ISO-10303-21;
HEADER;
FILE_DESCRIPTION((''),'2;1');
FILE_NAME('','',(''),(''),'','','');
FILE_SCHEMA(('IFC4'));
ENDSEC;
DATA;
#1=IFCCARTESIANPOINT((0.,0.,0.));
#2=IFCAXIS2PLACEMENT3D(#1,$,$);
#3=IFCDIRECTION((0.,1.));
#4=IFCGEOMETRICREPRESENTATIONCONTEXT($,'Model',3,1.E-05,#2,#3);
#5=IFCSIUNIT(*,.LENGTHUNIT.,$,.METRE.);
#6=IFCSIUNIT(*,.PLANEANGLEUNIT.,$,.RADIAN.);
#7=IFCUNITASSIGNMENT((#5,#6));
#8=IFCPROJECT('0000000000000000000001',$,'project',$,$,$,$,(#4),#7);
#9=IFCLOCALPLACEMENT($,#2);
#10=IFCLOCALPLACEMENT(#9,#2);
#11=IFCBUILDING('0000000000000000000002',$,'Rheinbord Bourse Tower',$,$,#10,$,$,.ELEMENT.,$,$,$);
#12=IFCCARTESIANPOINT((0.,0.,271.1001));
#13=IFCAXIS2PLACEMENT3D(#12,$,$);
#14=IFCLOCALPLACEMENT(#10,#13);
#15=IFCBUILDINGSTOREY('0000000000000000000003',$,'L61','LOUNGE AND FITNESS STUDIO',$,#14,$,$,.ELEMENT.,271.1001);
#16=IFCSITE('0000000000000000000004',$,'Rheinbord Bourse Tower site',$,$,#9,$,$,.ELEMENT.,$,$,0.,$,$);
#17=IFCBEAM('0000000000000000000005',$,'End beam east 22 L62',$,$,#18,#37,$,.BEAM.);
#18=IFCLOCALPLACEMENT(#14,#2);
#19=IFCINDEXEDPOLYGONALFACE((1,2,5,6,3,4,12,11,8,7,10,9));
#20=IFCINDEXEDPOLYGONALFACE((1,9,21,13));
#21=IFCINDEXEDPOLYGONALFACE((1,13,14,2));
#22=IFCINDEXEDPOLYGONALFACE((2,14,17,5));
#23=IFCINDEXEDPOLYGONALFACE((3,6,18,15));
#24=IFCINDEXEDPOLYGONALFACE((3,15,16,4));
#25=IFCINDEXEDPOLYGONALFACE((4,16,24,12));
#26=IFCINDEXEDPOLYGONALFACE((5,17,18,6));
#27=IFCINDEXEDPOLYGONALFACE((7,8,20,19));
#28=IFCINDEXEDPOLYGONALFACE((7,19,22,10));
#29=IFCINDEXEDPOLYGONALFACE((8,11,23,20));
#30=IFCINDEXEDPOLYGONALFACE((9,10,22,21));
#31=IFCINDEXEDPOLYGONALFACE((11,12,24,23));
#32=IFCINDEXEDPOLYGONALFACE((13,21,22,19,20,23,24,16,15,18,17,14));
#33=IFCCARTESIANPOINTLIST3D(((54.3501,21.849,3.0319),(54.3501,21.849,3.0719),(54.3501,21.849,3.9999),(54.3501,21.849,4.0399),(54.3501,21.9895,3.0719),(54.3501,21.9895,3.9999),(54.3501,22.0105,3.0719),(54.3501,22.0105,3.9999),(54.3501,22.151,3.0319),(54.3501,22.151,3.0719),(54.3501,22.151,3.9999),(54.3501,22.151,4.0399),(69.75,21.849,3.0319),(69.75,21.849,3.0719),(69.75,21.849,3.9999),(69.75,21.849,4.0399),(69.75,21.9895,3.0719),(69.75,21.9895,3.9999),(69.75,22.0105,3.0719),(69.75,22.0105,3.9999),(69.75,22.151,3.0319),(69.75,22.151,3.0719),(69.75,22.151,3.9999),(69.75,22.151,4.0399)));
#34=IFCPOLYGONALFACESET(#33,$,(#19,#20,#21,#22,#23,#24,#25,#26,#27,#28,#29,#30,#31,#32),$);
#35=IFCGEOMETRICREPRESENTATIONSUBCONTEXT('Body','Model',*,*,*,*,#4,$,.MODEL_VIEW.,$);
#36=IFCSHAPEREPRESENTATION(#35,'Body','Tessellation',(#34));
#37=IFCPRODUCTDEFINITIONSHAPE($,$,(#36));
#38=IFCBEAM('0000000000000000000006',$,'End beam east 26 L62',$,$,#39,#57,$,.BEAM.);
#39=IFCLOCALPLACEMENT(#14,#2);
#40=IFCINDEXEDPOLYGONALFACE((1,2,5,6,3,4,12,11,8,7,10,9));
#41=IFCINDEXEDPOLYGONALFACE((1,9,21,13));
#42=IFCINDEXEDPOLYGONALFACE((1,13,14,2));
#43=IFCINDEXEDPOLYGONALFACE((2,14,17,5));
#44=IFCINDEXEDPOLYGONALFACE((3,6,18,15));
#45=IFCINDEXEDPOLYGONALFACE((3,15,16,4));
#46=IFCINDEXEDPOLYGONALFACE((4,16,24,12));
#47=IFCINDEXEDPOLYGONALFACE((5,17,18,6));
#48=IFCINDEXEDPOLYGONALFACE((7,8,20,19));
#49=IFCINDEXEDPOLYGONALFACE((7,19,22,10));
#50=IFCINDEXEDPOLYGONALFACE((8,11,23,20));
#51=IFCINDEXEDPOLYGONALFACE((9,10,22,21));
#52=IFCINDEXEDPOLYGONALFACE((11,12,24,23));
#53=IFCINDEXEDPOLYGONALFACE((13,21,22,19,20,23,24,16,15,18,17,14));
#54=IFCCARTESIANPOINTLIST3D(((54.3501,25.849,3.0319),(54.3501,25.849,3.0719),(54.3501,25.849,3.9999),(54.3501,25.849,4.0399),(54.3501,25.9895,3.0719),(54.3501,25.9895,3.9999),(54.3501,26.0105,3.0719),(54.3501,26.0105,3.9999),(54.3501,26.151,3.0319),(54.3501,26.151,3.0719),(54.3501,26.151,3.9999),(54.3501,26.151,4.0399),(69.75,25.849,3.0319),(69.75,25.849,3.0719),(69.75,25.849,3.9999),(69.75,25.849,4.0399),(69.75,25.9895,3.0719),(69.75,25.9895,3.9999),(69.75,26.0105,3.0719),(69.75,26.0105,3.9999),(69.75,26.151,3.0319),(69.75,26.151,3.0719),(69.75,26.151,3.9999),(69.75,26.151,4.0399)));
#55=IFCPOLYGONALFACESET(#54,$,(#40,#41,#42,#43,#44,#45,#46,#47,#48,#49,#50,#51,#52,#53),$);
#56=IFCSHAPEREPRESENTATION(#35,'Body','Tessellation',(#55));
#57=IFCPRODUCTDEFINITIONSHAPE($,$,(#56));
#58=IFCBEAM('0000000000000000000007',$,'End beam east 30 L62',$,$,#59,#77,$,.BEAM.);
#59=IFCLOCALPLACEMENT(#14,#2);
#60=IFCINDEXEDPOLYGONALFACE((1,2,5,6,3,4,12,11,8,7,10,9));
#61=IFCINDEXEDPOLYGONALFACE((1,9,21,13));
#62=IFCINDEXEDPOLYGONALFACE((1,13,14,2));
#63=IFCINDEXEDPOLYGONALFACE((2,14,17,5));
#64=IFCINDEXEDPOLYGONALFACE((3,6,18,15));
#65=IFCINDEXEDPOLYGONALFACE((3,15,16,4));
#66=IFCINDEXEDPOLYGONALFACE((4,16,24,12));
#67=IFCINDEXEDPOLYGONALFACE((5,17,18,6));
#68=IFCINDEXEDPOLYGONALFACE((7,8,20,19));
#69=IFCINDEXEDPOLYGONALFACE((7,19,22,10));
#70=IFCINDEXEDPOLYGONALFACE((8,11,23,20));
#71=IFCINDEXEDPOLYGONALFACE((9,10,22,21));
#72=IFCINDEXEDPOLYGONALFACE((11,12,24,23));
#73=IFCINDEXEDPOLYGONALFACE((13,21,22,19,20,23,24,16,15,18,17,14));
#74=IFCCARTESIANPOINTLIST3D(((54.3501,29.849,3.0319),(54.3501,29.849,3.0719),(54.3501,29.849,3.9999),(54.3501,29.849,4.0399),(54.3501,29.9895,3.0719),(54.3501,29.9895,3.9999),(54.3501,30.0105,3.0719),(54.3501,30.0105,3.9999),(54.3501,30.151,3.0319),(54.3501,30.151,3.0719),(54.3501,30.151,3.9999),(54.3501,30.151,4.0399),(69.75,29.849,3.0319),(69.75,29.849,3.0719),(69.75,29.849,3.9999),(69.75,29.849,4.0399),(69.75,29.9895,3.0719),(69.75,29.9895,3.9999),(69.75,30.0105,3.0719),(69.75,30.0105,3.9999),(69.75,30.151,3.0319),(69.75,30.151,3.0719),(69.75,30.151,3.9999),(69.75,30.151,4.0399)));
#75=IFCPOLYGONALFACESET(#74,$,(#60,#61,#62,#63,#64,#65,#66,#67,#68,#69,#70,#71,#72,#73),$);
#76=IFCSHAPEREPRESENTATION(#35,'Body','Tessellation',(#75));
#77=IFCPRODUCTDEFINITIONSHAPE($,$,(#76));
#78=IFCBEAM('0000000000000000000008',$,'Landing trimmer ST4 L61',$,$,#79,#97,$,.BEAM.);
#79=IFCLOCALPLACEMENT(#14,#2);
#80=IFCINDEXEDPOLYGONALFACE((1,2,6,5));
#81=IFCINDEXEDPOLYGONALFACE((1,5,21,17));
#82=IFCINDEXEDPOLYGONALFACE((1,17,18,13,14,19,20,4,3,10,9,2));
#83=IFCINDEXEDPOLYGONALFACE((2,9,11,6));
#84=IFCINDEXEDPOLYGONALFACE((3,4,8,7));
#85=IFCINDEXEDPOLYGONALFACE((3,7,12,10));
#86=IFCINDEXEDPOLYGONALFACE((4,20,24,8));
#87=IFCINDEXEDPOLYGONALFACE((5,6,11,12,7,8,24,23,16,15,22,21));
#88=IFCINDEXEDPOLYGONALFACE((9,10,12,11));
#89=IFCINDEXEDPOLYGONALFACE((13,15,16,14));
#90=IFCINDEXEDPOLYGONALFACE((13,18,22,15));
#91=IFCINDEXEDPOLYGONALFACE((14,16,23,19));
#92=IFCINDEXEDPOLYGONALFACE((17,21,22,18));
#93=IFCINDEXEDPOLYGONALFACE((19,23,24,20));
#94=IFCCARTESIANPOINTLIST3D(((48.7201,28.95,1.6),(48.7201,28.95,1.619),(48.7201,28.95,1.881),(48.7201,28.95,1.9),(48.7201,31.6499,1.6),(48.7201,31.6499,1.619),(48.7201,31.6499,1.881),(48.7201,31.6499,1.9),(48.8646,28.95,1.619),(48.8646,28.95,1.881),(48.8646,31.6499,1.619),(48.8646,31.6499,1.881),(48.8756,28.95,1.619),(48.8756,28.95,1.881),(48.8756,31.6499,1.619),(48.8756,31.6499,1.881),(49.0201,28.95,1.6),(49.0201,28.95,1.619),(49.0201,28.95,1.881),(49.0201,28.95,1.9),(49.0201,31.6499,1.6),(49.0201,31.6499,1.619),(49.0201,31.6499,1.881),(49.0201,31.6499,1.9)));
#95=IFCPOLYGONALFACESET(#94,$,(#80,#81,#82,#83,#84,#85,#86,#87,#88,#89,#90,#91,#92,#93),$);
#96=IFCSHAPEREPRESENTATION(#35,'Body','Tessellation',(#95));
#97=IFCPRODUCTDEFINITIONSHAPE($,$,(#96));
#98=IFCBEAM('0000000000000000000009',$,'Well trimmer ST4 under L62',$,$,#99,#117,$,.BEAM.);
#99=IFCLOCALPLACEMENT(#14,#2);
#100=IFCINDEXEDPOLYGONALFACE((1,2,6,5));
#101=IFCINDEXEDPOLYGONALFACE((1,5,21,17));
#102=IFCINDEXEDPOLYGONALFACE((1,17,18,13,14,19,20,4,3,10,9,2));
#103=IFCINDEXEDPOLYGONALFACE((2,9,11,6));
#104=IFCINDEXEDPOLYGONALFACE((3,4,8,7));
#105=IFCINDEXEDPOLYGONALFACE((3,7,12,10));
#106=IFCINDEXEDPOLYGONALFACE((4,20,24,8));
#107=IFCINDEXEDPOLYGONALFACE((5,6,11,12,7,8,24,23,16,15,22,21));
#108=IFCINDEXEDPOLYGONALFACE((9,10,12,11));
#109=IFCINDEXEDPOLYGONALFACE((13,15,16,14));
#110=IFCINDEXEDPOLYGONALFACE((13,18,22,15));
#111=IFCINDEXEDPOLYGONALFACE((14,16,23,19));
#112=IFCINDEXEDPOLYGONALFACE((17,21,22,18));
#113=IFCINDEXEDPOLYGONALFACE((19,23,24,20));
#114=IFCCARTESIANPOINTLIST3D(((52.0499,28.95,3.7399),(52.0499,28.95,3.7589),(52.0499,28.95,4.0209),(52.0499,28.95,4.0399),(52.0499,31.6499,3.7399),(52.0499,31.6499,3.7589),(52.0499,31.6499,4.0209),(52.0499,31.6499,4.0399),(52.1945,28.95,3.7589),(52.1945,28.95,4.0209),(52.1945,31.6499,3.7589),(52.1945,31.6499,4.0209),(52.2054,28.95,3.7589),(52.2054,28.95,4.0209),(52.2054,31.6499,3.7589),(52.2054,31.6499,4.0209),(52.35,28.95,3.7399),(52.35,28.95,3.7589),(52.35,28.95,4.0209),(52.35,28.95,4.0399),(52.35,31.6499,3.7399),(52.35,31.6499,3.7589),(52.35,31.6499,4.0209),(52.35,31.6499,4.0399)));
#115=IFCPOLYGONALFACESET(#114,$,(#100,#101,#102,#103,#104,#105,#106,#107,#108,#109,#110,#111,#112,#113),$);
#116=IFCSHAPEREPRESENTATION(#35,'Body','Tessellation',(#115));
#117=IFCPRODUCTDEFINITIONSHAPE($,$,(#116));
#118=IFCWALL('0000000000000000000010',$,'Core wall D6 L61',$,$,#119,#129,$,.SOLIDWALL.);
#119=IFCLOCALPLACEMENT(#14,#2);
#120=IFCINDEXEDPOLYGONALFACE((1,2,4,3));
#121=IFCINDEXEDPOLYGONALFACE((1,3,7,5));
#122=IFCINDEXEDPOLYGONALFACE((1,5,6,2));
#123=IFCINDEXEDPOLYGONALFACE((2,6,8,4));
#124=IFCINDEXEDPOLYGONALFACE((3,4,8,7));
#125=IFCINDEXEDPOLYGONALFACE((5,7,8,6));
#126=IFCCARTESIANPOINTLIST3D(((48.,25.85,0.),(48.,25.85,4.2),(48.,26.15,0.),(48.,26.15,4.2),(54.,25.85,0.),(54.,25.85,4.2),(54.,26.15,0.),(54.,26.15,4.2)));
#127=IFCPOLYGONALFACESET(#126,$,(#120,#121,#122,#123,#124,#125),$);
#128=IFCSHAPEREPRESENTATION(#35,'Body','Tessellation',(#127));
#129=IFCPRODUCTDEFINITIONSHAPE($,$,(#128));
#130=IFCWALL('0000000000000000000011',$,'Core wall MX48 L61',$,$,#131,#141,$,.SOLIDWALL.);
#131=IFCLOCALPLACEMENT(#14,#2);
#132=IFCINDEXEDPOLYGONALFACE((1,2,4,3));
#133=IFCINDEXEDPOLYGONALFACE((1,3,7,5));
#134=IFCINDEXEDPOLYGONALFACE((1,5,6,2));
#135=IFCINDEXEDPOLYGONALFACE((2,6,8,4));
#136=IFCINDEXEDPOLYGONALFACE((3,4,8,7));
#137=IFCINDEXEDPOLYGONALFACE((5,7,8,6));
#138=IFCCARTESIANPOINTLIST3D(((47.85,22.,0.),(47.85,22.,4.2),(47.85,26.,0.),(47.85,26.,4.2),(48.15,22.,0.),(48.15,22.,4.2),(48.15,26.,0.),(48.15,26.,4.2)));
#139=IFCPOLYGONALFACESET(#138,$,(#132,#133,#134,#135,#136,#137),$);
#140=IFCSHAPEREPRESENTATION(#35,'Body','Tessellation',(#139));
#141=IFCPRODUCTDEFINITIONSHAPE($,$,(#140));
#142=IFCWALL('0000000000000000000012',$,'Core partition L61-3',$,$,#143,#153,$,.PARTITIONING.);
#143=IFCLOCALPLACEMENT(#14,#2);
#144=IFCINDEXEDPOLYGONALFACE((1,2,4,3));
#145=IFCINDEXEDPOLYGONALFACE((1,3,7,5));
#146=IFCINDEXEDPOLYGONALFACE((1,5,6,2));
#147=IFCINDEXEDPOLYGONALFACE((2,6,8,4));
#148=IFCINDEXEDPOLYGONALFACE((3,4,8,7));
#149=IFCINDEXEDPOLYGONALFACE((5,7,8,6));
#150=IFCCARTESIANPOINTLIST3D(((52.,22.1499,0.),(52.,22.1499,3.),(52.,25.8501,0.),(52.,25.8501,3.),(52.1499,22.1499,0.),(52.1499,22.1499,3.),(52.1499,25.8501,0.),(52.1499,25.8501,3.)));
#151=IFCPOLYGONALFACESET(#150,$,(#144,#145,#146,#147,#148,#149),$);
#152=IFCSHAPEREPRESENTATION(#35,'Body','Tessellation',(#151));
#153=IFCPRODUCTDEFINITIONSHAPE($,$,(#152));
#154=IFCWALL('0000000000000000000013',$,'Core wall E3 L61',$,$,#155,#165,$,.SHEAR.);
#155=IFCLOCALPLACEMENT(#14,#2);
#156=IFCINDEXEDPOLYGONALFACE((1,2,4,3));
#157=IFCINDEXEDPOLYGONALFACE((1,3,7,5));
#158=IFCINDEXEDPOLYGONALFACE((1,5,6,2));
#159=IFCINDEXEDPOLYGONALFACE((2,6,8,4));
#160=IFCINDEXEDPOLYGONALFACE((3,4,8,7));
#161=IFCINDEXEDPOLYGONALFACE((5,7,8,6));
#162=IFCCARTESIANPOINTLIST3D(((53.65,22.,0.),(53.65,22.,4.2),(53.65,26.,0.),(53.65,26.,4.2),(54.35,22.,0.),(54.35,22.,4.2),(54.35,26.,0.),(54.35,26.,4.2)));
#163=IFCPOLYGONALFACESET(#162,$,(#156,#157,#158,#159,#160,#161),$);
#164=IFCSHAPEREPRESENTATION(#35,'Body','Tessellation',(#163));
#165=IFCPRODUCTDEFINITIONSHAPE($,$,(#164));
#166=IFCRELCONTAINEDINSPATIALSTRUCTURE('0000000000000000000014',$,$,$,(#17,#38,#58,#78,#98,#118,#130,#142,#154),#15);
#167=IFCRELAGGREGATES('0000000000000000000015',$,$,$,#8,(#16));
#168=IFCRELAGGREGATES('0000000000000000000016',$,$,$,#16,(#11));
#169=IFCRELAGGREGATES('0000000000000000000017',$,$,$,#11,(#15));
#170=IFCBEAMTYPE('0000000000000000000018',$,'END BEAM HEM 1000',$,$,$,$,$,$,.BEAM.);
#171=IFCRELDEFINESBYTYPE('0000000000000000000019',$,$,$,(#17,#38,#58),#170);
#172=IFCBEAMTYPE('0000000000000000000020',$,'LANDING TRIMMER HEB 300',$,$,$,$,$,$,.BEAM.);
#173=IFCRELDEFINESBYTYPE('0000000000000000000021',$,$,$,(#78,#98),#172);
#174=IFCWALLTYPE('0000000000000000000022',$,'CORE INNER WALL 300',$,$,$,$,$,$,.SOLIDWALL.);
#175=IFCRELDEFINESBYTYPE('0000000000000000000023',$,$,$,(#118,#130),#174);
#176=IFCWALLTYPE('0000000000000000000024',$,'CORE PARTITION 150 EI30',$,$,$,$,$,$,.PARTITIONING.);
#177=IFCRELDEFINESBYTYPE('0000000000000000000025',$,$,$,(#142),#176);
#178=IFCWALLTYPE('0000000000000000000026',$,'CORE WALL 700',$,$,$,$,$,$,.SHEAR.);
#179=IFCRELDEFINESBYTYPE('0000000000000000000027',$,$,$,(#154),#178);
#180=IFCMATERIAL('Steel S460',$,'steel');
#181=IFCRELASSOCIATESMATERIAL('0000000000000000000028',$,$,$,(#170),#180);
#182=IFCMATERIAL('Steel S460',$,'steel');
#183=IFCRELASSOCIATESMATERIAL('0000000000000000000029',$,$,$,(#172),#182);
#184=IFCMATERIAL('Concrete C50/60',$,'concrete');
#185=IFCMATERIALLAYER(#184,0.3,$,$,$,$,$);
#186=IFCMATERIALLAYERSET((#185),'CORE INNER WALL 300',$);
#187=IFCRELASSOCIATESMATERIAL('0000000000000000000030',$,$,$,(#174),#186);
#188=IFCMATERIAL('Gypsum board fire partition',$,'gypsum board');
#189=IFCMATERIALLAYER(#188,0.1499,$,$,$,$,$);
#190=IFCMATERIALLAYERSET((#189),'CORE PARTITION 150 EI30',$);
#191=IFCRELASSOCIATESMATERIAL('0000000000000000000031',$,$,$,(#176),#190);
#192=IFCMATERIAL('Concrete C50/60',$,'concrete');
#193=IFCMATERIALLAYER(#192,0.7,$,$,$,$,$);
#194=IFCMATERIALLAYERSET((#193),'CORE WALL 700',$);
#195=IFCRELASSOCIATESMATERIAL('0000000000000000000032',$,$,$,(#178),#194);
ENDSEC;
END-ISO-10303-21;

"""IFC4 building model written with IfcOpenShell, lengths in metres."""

from ifc_helpers import new_model, si_unit, direction, frame, frame_2d, origin, origin_2d, place, context, subcontext, project, spatial, rectangle, i_section, extrude, material, layer, layer_set, material_profile, profile_set, type_object, element, save


model = new_model("IFC4")

# Units and contexts
model_context = context("Model", 3, precision=1e-05, world=origin(), true_north=direction((0.0, 1.0)))
body_context = subcontext(model_context, "Body", "Model", "MODEL_VIEW")
ifc_project = project(units=[si_unit("LENGTHUNIT", "METRE"), si_unit("PLANEANGLEUNIT", "RADIAN")], contexts=[model_context])

# Site, building, storey
site_placement = place(None, origin())
site = spatial("IfcSite", under=ifc_project, at=site_placement, Name="Rheinbord Bourse Tower site", CompositionType="ELEMENT", RefElevation=0.0)
building_placement = place(site_placement, origin())
building = spatial("IfcBuilding", under=site, at=building_placement, Name="Rheinbord Bourse Tower", CompositionType="ELEMENT")
storey_placement = place(building_placement, frame((0.0, 0.0, 271.1001)))
storey = spatial("IfcBuildingStorey", under=building, at=storey_placement, Name="L61", Description="LOUNGE AND FITNESS STUDIO", CompositionType="ELEMENT", Elevation=271.1001)

# Beams
ifc_material_1 = material(Name="Steel S460", Category="steel")
ifc_material_profile_1 = material_profile(ifc_material_1, i_section(OverallWidth=0.302, OverallDepth=1.0081, WebThickness=0.021, FlangeThickness=0.04, at=origin_2d()), Name="HEM 1000")
ifc_profile_set_1 = profile_set([ifc_material_profile_1], Name="Steel S460")
beam_type_1 = type_object("IfcBeamType", Name="END BEAM HEM 1000", PredefinedType="BEAM", material=ifc_profile_set_1)
for number, where, z_axis, x_axis, name in (
    (1, (54.3501, 22.0, 3.5359), (1.0, 0.0, 0.0), (0.0, 1.0, 0.0), "End beam east 22 L62"),
    (2, (54.3501, 26.0, 3.5359), (1.0, 0.0, 0.0), (0.0, 1.0, 0.0), "End beam east 26 L62"),
    (3, (54.3501, 30.0, 3.5359), (1.0, 0.0, 0.0), (0.0, 1.0, 0.0), "End beam east 30 L62"),
):
    element("IfcBeam", number, at=place(storey_placement, frame(where, z_axis=z_axis, x_axis=x_axis)), inside=storey, type_object=beam_type_1, Name=name, PredefinedType="BEAM", context=body_context, shape_type="SweptSolid", body=[
        extrude(i_section(OverallWidth=0.302, OverallDepth=1.0081, WebThickness=0.021, FlangeThickness=0.04, at=origin_2d()), origin(), (0.0, 0.0, 1.0), 15.3999),
    ])
ifc_material_2 = material(Name="Steel S460", Category="steel")
ifc_material_profile_2 = material_profile(ifc_material_2, i_section(OverallWidth=0.3, OverallDepth=0.3, WebThickness=0.011, FlangeThickness=0.019, at=origin_2d()), Name="HEB 300")
ifc_profile_set_2 = profile_set([ifc_material_profile_2], Name="Steel S460")
beam_type_2 = type_object("IfcBeamType", Name="LANDING TRIMMER HEB 300", PredefinedType="BEAM", material=ifc_profile_set_2)
for number, where, z_axis, x_axis, name in (
    (4, (48.8701, 28.95, 1.75), (0.0, 1.0, 0.0), (-1.0, 0.0, 0.0), "Landing trimmer ST4 L61"),
    (5, (52.2, 28.95, 3.8899), (0.0, 1.0, 0.0), (-1.0, 0.0, 0.0), "Well trimmer ST4 under L62"),
):
    element("IfcBeam", number, at=place(storey_placement, frame(where, z_axis=z_axis, x_axis=x_axis)), inside=storey, type_object=beam_type_2, Name=name, PredefinedType="BEAM", context=body_context, shape_type="SweptSolid", body=[
        extrude(i_section(OverallWidth=0.3, OverallDepth=0.3, WebThickness=0.011, FlangeThickness=0.019, at=origin_2d()), origin(), (0.0, 0.0, 1.0), 2.7),
    ])

# Walls
ifc_material_3 = material(Name="Concrete C50/60", Category="concrete")
ifc_layer_1 = layer(ifc_material_3, 0.3)
ifc_layer_set_1 = layer_set([ifc_layer_1], Name="CORE INNER WALL 300")
wall_type_1 = type_object("IfcWallType", Name="CORE INNER WALL 300", PredefinedType="SOLIDWALL", material=ifc_layer_set_1)
wall_1_placement = place(storey_placement, frame((48.0, 26.0, 0.0), z_axis=(0.0, 0.0, 1.0), x_axis=(1.0, 0.0, 0.0)))
element("IfcWall", 6, at=wall_1_placement, inside=storey, type_object=wall_type_1, Name="Core wall D6 L61", PredefinedType="SOLIDWALL", context=body_context, shape_type="SweptSolid", body=[
    extrude(rectangle(XDim=6.0, YDim=0.3, at=frame_2d((3.0, 0.0))), origin(), (0.0, 0.0, 1.0), 4.2),
])
wall_2_placement = place(storey_placement, frame((48.0, 22.0, 0.0), z_axis=(0.0, 0.0, 1.0), x_axis=(0.0, 1.0, 0.0)))
element("IfcWall", 7, at=wall_2_placement, inside=storey, type_object=wall_type_1, Name="Core wall MX48 L61", PredefinedType="SOLIDWALL", context=body_context, shape_type="SweptSolid", body=[
    extrude(rectangle(XDim=4.0, YDim=0.3, at=frame_2d((2.0, 0.0))), origin(), (0.0, 0.0, 1.0), 4.2),
])
ifc_material_4 = material(Name="Gypsum board fire partition", Category="gypsum board")
ifc_layer_2 = layer(ifc_material_4, 0.1499)
ifc_layer_set_2 = layer_set([ifc_layer_2], Name="CORE PARTITION 150 EI30")
wall_type_2 = type_object("IfcWallType", Name="CORE PARTITION 150 EI30", PredefinedType="PARTITIONING", material=ifc_layer_set_2)
wall_3_placement = place(storey_placement, frame((52.075, 22.1499, 0.0), z_axis=(0.0, 0.0, 1.0), x_axis=(0.0, 1.0, 0.0)))
element("IfcWall", 8, at=wall_3_placement, inside=storey, type_object=wall_type_2, Name="Core partition L61-3", PredefinedType="PARTITIONING", context=body_context, shape_type="SweptSolid", body=[
    extrude(rectangle(XDim=3.7002, YDim=0.1499, at=frame_2d((1.8501, 0.0))), origin(), (0.0, 0.0, 1.0), 3.0),
])
ifc_material_5 = material(Name="Concrete C50/60", Category="concrete")
ifc_layer_3 = layer(ifc_material_5, 0.7)
ifc_layer_set_3 = layer_set([ifc_layer_3], Name="CORE WALL 700")
wall_type_3 = type_object("IfcWallType", Name="CORE WALL 700", PredefinedType="SHEAR", material=ifc_layer_set_3)
wall_4_placement = place(storey_placement, frame((54.0, 22.0, 0.0), z_axis=(0.0, 0.0, 1.0), x_axis=(0.0, 1.0, 0.0)))
element("IfcWall", 9, at=wall_4_placement, inside=storey, type_object=wall_type_3, Name="Core wall E3 L61", PredefinedType="SHEAR", context=body_context, shape_type="SweptSolid", body=[
    extrude(rectangle(XDim=4.0, YDim=0.7, at=frame_2d((2.0, 0.0))), origin(), (0.0, 0.0, 1.0), 4.2),
])

save(model, "model.ifc")
